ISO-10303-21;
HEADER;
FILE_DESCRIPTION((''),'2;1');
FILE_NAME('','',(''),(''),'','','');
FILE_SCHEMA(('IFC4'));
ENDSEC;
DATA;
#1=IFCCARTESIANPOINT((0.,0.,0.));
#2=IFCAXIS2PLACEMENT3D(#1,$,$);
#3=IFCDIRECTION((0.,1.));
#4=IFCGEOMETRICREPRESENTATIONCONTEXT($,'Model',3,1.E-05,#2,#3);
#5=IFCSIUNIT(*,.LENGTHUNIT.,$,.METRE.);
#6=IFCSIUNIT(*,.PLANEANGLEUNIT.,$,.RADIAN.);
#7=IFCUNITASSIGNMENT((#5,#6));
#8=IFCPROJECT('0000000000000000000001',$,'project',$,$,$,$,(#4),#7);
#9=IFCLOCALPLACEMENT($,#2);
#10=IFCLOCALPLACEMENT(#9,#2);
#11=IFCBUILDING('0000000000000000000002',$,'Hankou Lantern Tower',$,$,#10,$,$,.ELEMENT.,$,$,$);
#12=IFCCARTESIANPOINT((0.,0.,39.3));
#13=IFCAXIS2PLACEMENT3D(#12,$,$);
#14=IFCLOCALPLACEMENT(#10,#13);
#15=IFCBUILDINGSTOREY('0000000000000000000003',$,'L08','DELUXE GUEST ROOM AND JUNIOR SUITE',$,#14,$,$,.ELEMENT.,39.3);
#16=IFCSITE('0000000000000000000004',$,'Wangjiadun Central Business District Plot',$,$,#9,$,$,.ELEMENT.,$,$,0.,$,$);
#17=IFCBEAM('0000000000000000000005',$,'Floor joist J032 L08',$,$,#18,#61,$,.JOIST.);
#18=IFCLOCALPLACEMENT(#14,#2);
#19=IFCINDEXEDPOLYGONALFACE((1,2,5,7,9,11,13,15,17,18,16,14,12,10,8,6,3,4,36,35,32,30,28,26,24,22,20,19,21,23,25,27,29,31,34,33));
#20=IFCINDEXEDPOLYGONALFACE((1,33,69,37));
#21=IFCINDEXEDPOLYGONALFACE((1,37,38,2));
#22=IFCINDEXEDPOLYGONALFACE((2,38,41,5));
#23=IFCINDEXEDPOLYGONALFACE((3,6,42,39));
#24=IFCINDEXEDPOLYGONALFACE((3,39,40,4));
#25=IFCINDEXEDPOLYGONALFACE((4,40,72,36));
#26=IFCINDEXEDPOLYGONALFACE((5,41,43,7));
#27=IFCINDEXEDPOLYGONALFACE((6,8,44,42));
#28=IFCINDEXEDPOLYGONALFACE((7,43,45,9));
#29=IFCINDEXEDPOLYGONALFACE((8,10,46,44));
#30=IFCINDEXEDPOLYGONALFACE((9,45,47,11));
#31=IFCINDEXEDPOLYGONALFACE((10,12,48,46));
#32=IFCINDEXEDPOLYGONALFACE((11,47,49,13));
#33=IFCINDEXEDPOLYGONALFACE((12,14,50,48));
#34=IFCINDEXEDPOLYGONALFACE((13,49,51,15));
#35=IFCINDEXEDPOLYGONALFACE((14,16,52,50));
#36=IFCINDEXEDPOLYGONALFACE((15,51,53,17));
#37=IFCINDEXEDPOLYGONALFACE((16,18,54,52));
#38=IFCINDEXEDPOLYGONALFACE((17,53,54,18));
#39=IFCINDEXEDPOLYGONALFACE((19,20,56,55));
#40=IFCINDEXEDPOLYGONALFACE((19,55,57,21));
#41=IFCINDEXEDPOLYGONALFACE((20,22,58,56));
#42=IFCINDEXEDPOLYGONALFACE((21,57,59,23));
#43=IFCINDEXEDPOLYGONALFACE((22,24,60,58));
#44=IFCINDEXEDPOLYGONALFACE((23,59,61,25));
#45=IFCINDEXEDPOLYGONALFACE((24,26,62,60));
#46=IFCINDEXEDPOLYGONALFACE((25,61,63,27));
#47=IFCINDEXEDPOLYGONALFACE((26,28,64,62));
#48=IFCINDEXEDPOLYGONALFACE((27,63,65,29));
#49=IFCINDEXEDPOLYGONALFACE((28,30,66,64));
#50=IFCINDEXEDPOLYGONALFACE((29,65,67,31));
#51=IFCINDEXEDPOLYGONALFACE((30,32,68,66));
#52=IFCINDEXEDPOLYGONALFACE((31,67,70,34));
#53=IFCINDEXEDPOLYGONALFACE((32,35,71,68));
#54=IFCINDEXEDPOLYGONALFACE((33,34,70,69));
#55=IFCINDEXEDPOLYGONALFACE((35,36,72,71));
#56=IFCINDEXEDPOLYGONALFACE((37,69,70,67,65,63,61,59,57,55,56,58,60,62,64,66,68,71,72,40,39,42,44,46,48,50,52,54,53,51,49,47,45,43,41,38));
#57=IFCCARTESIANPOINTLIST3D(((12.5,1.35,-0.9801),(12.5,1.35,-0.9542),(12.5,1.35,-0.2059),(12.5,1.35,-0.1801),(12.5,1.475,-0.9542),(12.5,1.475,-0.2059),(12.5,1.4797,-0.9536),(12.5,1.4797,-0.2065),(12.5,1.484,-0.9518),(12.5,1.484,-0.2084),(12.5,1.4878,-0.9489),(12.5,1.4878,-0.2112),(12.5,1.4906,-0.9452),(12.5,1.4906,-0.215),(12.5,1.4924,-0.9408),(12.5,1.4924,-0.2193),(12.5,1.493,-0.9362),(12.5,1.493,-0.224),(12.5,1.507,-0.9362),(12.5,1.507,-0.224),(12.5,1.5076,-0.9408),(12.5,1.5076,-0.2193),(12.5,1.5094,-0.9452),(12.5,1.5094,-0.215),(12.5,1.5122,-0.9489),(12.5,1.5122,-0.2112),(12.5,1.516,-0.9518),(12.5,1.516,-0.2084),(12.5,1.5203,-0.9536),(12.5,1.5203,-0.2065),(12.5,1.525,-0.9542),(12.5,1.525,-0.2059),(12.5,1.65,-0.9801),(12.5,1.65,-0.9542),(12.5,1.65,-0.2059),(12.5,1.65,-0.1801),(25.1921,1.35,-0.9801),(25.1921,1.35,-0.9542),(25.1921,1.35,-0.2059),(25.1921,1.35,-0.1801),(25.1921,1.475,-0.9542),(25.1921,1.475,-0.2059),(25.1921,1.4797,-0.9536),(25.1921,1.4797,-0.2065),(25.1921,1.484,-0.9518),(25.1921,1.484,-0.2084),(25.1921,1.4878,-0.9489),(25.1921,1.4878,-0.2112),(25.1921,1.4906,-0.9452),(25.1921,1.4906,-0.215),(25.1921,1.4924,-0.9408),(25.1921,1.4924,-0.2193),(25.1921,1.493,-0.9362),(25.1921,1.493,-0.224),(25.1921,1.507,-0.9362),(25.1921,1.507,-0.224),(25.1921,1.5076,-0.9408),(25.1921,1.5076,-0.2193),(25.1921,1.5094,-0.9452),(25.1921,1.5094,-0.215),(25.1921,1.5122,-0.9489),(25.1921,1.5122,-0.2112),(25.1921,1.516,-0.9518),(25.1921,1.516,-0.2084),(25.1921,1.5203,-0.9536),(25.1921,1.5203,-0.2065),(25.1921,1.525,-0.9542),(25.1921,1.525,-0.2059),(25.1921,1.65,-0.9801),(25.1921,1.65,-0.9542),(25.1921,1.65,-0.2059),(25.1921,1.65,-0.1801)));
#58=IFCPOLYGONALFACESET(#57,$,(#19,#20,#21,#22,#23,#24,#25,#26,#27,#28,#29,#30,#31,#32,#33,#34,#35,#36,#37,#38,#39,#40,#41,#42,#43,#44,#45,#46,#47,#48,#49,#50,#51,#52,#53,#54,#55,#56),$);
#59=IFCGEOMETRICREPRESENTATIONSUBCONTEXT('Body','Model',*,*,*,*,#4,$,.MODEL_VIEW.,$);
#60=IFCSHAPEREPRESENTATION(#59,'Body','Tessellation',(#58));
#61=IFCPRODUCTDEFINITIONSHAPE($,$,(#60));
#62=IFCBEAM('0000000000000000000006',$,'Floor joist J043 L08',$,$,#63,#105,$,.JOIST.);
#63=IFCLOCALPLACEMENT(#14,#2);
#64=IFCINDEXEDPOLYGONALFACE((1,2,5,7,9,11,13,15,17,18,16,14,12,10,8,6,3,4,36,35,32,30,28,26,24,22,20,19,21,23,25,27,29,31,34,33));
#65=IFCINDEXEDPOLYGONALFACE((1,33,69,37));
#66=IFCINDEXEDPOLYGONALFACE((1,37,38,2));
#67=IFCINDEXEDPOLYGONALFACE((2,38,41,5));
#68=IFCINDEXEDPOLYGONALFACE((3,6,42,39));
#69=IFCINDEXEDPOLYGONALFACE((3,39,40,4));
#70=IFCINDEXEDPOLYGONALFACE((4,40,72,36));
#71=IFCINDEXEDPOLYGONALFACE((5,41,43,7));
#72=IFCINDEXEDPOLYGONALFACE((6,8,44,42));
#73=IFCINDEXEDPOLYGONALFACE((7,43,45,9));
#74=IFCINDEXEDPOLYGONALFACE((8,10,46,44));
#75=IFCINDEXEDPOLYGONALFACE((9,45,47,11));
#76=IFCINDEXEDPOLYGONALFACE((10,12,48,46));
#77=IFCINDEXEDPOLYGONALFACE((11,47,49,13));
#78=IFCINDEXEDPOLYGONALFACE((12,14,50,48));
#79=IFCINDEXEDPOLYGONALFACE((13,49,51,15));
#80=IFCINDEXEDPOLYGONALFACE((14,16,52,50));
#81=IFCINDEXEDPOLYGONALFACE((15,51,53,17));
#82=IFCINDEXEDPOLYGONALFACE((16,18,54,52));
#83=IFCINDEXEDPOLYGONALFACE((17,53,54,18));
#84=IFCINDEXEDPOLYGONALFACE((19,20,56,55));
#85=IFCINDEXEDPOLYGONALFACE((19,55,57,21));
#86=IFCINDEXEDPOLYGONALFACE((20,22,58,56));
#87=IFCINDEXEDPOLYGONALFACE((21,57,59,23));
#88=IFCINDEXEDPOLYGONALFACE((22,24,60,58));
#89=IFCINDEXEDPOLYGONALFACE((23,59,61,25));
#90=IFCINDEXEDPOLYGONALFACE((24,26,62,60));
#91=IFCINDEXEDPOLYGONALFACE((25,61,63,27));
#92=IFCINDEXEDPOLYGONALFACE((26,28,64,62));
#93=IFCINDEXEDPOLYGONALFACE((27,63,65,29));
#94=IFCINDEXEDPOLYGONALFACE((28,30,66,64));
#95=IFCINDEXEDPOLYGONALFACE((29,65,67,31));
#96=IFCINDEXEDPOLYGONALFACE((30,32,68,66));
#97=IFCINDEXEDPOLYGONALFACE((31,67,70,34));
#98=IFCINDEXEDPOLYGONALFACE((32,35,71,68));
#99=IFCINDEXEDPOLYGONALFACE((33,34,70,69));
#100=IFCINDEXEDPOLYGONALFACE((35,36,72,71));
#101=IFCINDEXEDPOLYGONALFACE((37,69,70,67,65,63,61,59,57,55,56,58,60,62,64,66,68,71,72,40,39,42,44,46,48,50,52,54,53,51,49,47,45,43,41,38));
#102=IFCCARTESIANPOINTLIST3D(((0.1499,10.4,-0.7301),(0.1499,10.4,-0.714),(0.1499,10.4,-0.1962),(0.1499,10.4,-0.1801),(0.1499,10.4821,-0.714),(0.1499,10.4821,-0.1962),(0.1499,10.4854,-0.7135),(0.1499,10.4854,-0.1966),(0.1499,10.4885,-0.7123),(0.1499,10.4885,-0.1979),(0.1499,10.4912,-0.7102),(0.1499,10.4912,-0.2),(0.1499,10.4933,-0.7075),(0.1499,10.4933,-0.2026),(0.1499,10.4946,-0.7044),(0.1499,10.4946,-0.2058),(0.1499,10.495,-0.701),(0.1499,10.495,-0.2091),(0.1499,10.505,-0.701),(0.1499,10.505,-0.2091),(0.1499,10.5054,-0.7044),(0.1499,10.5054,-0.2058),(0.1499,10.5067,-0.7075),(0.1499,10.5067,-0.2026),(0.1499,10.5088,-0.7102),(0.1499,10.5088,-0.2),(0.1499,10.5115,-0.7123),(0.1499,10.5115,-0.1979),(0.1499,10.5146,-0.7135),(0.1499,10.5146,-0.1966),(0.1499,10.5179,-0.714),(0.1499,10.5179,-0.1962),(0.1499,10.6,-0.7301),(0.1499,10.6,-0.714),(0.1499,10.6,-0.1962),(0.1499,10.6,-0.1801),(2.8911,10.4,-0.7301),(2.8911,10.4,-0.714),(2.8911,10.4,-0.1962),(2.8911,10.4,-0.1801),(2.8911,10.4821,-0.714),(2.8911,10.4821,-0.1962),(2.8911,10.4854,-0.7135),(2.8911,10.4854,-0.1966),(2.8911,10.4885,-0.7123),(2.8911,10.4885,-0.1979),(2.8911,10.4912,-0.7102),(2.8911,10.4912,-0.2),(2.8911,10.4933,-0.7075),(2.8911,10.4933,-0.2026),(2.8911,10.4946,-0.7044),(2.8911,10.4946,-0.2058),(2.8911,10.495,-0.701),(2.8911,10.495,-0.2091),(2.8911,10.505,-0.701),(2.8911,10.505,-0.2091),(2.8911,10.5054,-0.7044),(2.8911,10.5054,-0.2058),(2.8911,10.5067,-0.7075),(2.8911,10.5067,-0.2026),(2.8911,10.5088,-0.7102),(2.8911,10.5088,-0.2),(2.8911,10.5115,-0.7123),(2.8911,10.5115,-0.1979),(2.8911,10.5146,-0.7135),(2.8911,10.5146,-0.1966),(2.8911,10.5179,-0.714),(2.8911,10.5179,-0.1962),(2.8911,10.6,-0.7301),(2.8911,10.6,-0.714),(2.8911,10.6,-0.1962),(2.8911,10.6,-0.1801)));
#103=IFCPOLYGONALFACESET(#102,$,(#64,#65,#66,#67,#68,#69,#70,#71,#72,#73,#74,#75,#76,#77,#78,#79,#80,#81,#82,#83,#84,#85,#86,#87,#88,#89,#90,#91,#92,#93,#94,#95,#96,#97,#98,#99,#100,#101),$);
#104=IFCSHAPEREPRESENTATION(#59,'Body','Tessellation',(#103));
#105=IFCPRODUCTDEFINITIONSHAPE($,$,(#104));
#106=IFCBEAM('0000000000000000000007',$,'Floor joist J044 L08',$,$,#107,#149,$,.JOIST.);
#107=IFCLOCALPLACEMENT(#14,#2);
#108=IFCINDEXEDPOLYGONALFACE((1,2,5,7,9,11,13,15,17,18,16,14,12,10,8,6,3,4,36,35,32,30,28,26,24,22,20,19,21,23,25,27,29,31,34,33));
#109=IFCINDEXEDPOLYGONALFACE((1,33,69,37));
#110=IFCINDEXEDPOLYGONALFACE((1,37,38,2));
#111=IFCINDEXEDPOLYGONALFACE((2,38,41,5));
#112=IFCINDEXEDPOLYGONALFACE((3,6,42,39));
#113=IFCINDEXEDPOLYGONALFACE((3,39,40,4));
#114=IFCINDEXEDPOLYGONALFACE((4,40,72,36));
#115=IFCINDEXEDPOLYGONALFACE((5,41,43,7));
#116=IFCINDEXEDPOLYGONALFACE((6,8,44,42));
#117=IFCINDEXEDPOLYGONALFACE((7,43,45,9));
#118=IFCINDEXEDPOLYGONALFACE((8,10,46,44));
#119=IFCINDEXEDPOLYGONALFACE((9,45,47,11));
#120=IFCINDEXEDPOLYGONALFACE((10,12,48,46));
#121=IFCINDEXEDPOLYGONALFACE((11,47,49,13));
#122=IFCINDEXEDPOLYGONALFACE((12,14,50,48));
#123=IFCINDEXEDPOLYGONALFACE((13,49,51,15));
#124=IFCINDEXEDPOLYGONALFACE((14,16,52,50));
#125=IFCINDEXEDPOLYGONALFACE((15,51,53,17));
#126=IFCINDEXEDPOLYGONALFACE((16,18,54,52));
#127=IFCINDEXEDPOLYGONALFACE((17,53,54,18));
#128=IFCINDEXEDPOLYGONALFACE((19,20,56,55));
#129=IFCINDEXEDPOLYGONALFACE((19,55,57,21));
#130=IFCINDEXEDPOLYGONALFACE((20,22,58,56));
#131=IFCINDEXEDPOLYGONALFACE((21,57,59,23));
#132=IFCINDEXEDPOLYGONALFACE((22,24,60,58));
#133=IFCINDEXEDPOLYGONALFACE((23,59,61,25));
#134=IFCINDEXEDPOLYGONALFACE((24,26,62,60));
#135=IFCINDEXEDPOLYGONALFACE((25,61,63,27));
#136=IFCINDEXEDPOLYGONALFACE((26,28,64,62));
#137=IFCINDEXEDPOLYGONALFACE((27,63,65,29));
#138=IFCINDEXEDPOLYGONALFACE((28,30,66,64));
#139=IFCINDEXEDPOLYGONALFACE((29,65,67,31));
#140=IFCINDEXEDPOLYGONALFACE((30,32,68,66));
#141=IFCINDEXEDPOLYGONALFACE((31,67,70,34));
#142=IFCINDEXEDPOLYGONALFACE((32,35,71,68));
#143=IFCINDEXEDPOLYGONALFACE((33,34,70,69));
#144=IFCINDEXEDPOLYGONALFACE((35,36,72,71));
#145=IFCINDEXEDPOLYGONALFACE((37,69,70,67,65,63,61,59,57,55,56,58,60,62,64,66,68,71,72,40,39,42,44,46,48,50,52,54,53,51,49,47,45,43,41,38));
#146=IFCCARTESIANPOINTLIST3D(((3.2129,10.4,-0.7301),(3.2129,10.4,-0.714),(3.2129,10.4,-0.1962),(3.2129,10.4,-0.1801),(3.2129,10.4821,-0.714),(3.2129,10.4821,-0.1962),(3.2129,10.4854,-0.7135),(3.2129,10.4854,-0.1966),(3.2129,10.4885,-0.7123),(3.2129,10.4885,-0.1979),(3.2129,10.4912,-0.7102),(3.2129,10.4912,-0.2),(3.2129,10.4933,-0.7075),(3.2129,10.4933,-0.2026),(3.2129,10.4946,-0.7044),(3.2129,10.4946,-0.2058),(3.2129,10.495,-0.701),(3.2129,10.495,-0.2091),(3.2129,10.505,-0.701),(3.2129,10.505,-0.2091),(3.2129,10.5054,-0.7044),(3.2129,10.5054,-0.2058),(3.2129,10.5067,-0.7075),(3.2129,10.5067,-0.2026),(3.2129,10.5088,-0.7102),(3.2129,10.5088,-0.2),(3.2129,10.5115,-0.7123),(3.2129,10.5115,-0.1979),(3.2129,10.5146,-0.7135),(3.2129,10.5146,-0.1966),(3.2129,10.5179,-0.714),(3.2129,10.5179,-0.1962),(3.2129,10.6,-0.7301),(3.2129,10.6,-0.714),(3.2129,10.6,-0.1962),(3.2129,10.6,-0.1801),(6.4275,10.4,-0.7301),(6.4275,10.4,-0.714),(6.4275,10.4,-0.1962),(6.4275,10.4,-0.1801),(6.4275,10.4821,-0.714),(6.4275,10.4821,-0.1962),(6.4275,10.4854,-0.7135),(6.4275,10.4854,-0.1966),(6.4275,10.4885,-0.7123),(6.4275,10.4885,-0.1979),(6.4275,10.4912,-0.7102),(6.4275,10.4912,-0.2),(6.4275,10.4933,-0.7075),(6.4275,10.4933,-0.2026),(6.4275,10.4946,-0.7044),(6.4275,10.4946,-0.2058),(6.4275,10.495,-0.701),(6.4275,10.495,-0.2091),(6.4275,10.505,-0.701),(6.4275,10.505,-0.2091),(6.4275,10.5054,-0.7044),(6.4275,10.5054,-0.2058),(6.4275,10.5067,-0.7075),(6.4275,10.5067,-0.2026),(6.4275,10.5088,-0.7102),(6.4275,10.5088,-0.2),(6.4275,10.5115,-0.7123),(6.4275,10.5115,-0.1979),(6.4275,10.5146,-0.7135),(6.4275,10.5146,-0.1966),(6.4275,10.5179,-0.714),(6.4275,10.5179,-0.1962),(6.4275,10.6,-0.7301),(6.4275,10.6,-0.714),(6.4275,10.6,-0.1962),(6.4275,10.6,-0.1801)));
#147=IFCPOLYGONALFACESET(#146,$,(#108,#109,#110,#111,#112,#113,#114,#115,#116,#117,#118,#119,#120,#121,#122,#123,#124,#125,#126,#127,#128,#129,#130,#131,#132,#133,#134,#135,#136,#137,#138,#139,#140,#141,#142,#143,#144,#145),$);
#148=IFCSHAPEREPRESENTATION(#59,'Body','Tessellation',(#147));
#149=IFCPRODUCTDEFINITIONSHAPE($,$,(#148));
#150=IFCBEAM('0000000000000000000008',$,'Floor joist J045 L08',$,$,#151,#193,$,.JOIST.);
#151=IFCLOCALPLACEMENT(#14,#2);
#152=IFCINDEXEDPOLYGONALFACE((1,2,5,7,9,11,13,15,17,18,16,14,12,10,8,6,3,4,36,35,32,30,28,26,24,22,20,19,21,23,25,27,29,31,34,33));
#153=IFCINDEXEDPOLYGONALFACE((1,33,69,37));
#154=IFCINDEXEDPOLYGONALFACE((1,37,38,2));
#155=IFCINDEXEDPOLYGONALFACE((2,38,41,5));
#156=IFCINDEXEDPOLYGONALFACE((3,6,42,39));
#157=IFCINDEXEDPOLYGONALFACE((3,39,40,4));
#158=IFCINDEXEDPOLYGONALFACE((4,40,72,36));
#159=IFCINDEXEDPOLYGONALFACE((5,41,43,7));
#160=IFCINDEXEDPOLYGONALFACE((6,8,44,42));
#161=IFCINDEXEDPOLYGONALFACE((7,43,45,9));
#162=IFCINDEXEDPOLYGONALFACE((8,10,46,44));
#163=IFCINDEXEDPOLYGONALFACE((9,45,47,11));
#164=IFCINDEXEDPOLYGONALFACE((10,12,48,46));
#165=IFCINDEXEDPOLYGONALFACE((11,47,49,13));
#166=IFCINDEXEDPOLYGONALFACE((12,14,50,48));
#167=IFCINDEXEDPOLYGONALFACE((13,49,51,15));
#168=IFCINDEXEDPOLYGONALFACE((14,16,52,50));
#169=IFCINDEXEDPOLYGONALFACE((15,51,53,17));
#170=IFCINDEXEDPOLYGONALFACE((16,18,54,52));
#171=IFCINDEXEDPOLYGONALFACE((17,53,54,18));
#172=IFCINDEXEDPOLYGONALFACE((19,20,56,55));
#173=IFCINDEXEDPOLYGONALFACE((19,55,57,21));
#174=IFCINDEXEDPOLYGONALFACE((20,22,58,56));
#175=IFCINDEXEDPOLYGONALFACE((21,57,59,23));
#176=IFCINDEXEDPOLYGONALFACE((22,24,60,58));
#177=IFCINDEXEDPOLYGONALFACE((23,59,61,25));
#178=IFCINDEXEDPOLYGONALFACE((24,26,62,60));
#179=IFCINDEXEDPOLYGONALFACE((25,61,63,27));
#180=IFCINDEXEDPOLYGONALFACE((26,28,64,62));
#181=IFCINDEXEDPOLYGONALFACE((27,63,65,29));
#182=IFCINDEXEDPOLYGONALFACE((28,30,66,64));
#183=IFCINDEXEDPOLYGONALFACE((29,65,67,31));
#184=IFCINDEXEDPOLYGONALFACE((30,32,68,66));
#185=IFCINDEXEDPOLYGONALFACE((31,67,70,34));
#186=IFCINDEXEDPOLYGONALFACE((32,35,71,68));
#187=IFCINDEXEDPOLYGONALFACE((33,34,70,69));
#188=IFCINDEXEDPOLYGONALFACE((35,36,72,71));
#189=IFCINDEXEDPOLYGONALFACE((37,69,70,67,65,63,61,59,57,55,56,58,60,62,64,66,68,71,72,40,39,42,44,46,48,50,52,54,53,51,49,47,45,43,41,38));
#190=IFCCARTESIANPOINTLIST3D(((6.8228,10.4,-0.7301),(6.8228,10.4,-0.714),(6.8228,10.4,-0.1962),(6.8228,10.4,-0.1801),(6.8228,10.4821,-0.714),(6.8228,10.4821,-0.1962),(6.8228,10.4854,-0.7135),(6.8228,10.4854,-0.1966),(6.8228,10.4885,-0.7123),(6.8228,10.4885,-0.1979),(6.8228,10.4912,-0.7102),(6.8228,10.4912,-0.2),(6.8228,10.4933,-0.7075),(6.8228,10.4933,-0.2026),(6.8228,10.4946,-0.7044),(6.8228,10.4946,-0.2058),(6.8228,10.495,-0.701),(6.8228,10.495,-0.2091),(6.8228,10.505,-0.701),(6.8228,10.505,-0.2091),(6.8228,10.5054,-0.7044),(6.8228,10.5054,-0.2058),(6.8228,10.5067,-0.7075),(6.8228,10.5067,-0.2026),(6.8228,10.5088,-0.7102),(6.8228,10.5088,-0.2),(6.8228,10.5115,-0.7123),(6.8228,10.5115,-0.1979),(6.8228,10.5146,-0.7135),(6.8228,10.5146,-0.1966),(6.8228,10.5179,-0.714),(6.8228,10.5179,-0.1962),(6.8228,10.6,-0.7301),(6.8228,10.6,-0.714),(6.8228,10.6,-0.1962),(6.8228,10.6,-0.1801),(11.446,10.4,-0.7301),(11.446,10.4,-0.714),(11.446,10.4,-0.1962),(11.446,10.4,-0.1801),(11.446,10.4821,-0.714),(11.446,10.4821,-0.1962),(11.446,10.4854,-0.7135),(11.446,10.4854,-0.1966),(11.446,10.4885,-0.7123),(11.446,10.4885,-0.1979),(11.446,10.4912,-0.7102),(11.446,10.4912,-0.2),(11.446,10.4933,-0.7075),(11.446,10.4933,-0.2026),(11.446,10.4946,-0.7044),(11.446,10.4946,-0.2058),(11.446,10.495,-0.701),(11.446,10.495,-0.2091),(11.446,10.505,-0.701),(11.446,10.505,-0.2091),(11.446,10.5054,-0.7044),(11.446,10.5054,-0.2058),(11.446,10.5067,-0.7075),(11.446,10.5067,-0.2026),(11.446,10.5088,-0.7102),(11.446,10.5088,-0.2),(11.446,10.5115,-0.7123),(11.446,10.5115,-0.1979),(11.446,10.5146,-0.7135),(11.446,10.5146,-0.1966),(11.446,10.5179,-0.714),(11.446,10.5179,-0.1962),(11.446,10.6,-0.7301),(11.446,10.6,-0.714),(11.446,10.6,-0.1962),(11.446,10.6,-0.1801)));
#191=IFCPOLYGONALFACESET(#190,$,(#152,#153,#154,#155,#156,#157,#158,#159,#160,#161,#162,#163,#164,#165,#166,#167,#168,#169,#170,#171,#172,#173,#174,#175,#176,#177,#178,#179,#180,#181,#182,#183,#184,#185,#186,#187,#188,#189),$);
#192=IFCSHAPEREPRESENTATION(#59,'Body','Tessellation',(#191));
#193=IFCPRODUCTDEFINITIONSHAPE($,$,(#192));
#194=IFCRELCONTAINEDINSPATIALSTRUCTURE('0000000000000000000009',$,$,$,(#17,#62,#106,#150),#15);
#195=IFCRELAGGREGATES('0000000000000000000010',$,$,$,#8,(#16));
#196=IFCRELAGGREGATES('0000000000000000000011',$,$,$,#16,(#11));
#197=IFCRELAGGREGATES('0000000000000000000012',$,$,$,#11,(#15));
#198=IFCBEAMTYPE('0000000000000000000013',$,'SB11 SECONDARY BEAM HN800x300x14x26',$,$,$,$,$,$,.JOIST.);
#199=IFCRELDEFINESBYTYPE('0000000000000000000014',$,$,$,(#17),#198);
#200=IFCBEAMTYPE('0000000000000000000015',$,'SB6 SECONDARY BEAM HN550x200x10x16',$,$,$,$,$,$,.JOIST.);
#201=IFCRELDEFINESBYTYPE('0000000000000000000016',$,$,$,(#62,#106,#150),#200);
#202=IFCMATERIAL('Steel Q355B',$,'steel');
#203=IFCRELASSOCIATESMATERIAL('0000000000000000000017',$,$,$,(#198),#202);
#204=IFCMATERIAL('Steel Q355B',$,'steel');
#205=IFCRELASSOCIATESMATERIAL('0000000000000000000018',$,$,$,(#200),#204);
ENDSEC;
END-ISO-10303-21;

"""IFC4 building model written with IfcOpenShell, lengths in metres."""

from ifc_helpers import new_model, si_unit, direction, frame, origin, origin_2d, place, context, subcontext, project, spatial, i_section, extrude, material, material_profile, profile_set, type_object, element, save


model = new_model("IFC4")

# Units and contexts
model_context = context("Model", 3, precision=1e-05, world=origin(), true_north=direction((0.0, 1.0)))
body_context = subcontext(model_context, "Body", "Model", "MODEL_VIEW")
ifc_project = project(units=[si_unit("LENGTHUNIT", "METRE"), si_unit("PLANEANGLEUNIT", "RADIAN")], contexts=[model_context])

# Site, building, storey
site_placement = place(None, origin())
site = spatial("IfcSite", under=ifc_project, at=site_placement, Name="Wangjiadun Central Business District Plot", CompositionType="ELEMENT", RefElevation=0.0)
building_placement = place(site_placement, origin())
building = spatial("IfcBuilding", under=site, at=building_placement, Name="Hankou Lantern Tower", CompositionType="ELEMENT")
storey_placement = place(building_placement, frame((0.0, 0.0, 39.3)))
storey = spatial("IfcBuildingStorey", under=building, at=storey_placement, Name="L08", Description="DELUXE GUEST ROOM AND JUNIOR SUITE", CompositionType="ELEMENT", Elevation=39.3)

# Beams
ifc_material_1 = material(Name="Steel Q355B", Category="steel")
ifc_material_profile_1 = material_profile(ifc_material_1, i_section(OverallWidth=0.3, OverallDepth=0.8, WebThickness=0.0139, FlangeThickness=0.0259, FilletRadius=0.0181, at=origin_2d()), Name="HN800x300x14x26")
ifc_profile_set_1 = profile_set([ifc_material_profile_1], Name="Steel Q355B")
beam_type_1 = type_object("IfcBeamType", Name="SB11 SECONDARY BEAM HN800x300x14x26", PredefinedType="JOIST", material=ifc_profile_set_1)
beam_1_placement = place(storey_placement, frame((12.5, 1.5, -0.5801), z_axis=(1.0, 0.0, 0.0), x_axis=(0.0, 1.0, 0.0)))
element("IfcBeam", 1, at=beam_1_placement, inside=storey, type_object=beam_type_1, Name="Floor joist J032 L08", PredefinedType="JOIST", context=body_context, shape_type="SweptSolid", body=[
    extrude(i_section(OverallWidth=0.3, OverallDepth=0.8, WebThickness=0.0139, FlangeThickness=0.0259, FilletRadius=0.0181, at=origin_2d()), origin(), (0.0, 0.0, 1.0), 12.6921),
])
ifc_material_2 = material(Name="Steel Q355B", Category="steel")
ifc_material_profile_2 = material_profile(ifc_material_2, i_section(OverallWidth=0.2, OverallDepth=0.55, WebThickness=0.01, FlangeThickness=0.0161, FilletRadius=0.0129, at=origin_2d()), Name="HN550x200x10x16")
ifc_profile_set_2 = profile_set([ifc_material_profile_2], Name="Steel Q355B")
beam_type_2 = type_object("IfcBeamType", Name="SB6 SECONDARY BEAM HN550x200x10x16", PredefinedType="JOIST", material=ifc_profile_set_2)
beam_2_placement = place(storey_placement, frame((0.1499, 10.5, -0.4551), z_axis=(1.0, 0.0, 0.0), x_axis=(0.0, 1.0, 0.0)))
element("IfcBeam", 2, at=beam_2_placement, inside=storey, type_object=beam_type_2, Name="Floor joist J043 L08", PredefinedType="JOIST", context=body_context, shape_type="SweptSolid", body=[
    extrude(i_section(OverallWidth=0.2, OverallDepth=0.55, WebThickness=0.01, FlangeThickness=0.0161, FilletRadius=0.0129, at=origin_2d()), origin(), (0.0, 0.0, 1.0), 2.7412),
])
beam_3_placement = place(storey_placement, frame((3.2129, 10.5, -0.4551), z_axis=(1.0, 0.0, 0.0), x_axis=(0.0, 1.0, 0.0)))
element("IfcBeam", 3, at=beam_3_placement, inside=storey, type_object=beam_type_2, Name="Floor joist J044 L08", PredefinedType="JOIST", context=body_context, shape_type="SweptSolid", body=[
    extrude(i_section(OverallWidth=0.2, OverallDepth=0.55, WebThickness=0.01, FlangeThickness=0.0161, FilletRadius=0.0129, at=origin_2d()), origin(), (0.0, 0.0, 1.0), 3.2146),
])
beam_4_placement = place(storey_placement, frame((6.8228, 10.5, -0.4551), z_axis=(1.0, 0.0, 0.0), x_axis=(0.0, 1.0, 0.0)))
element("IfcBeam", 4, at=beam_4_placement, inside=storey, type_object=beam_type_2, Name="Floor joist J045 L08", PredefinedType="JOIST", context=body_context, shape_type="SweptSolid", body=[
    extrude(i_section(OverallWidth=0.2, OverallDepth=0.55, WebThickness=0.01, FlangeThickness=0.0161, FilletRadius=0.0129, at=origin_2d()), origin(), (0.0, 0.0, 1.0), 4.6233),
])

save(model, "model.ifc")
